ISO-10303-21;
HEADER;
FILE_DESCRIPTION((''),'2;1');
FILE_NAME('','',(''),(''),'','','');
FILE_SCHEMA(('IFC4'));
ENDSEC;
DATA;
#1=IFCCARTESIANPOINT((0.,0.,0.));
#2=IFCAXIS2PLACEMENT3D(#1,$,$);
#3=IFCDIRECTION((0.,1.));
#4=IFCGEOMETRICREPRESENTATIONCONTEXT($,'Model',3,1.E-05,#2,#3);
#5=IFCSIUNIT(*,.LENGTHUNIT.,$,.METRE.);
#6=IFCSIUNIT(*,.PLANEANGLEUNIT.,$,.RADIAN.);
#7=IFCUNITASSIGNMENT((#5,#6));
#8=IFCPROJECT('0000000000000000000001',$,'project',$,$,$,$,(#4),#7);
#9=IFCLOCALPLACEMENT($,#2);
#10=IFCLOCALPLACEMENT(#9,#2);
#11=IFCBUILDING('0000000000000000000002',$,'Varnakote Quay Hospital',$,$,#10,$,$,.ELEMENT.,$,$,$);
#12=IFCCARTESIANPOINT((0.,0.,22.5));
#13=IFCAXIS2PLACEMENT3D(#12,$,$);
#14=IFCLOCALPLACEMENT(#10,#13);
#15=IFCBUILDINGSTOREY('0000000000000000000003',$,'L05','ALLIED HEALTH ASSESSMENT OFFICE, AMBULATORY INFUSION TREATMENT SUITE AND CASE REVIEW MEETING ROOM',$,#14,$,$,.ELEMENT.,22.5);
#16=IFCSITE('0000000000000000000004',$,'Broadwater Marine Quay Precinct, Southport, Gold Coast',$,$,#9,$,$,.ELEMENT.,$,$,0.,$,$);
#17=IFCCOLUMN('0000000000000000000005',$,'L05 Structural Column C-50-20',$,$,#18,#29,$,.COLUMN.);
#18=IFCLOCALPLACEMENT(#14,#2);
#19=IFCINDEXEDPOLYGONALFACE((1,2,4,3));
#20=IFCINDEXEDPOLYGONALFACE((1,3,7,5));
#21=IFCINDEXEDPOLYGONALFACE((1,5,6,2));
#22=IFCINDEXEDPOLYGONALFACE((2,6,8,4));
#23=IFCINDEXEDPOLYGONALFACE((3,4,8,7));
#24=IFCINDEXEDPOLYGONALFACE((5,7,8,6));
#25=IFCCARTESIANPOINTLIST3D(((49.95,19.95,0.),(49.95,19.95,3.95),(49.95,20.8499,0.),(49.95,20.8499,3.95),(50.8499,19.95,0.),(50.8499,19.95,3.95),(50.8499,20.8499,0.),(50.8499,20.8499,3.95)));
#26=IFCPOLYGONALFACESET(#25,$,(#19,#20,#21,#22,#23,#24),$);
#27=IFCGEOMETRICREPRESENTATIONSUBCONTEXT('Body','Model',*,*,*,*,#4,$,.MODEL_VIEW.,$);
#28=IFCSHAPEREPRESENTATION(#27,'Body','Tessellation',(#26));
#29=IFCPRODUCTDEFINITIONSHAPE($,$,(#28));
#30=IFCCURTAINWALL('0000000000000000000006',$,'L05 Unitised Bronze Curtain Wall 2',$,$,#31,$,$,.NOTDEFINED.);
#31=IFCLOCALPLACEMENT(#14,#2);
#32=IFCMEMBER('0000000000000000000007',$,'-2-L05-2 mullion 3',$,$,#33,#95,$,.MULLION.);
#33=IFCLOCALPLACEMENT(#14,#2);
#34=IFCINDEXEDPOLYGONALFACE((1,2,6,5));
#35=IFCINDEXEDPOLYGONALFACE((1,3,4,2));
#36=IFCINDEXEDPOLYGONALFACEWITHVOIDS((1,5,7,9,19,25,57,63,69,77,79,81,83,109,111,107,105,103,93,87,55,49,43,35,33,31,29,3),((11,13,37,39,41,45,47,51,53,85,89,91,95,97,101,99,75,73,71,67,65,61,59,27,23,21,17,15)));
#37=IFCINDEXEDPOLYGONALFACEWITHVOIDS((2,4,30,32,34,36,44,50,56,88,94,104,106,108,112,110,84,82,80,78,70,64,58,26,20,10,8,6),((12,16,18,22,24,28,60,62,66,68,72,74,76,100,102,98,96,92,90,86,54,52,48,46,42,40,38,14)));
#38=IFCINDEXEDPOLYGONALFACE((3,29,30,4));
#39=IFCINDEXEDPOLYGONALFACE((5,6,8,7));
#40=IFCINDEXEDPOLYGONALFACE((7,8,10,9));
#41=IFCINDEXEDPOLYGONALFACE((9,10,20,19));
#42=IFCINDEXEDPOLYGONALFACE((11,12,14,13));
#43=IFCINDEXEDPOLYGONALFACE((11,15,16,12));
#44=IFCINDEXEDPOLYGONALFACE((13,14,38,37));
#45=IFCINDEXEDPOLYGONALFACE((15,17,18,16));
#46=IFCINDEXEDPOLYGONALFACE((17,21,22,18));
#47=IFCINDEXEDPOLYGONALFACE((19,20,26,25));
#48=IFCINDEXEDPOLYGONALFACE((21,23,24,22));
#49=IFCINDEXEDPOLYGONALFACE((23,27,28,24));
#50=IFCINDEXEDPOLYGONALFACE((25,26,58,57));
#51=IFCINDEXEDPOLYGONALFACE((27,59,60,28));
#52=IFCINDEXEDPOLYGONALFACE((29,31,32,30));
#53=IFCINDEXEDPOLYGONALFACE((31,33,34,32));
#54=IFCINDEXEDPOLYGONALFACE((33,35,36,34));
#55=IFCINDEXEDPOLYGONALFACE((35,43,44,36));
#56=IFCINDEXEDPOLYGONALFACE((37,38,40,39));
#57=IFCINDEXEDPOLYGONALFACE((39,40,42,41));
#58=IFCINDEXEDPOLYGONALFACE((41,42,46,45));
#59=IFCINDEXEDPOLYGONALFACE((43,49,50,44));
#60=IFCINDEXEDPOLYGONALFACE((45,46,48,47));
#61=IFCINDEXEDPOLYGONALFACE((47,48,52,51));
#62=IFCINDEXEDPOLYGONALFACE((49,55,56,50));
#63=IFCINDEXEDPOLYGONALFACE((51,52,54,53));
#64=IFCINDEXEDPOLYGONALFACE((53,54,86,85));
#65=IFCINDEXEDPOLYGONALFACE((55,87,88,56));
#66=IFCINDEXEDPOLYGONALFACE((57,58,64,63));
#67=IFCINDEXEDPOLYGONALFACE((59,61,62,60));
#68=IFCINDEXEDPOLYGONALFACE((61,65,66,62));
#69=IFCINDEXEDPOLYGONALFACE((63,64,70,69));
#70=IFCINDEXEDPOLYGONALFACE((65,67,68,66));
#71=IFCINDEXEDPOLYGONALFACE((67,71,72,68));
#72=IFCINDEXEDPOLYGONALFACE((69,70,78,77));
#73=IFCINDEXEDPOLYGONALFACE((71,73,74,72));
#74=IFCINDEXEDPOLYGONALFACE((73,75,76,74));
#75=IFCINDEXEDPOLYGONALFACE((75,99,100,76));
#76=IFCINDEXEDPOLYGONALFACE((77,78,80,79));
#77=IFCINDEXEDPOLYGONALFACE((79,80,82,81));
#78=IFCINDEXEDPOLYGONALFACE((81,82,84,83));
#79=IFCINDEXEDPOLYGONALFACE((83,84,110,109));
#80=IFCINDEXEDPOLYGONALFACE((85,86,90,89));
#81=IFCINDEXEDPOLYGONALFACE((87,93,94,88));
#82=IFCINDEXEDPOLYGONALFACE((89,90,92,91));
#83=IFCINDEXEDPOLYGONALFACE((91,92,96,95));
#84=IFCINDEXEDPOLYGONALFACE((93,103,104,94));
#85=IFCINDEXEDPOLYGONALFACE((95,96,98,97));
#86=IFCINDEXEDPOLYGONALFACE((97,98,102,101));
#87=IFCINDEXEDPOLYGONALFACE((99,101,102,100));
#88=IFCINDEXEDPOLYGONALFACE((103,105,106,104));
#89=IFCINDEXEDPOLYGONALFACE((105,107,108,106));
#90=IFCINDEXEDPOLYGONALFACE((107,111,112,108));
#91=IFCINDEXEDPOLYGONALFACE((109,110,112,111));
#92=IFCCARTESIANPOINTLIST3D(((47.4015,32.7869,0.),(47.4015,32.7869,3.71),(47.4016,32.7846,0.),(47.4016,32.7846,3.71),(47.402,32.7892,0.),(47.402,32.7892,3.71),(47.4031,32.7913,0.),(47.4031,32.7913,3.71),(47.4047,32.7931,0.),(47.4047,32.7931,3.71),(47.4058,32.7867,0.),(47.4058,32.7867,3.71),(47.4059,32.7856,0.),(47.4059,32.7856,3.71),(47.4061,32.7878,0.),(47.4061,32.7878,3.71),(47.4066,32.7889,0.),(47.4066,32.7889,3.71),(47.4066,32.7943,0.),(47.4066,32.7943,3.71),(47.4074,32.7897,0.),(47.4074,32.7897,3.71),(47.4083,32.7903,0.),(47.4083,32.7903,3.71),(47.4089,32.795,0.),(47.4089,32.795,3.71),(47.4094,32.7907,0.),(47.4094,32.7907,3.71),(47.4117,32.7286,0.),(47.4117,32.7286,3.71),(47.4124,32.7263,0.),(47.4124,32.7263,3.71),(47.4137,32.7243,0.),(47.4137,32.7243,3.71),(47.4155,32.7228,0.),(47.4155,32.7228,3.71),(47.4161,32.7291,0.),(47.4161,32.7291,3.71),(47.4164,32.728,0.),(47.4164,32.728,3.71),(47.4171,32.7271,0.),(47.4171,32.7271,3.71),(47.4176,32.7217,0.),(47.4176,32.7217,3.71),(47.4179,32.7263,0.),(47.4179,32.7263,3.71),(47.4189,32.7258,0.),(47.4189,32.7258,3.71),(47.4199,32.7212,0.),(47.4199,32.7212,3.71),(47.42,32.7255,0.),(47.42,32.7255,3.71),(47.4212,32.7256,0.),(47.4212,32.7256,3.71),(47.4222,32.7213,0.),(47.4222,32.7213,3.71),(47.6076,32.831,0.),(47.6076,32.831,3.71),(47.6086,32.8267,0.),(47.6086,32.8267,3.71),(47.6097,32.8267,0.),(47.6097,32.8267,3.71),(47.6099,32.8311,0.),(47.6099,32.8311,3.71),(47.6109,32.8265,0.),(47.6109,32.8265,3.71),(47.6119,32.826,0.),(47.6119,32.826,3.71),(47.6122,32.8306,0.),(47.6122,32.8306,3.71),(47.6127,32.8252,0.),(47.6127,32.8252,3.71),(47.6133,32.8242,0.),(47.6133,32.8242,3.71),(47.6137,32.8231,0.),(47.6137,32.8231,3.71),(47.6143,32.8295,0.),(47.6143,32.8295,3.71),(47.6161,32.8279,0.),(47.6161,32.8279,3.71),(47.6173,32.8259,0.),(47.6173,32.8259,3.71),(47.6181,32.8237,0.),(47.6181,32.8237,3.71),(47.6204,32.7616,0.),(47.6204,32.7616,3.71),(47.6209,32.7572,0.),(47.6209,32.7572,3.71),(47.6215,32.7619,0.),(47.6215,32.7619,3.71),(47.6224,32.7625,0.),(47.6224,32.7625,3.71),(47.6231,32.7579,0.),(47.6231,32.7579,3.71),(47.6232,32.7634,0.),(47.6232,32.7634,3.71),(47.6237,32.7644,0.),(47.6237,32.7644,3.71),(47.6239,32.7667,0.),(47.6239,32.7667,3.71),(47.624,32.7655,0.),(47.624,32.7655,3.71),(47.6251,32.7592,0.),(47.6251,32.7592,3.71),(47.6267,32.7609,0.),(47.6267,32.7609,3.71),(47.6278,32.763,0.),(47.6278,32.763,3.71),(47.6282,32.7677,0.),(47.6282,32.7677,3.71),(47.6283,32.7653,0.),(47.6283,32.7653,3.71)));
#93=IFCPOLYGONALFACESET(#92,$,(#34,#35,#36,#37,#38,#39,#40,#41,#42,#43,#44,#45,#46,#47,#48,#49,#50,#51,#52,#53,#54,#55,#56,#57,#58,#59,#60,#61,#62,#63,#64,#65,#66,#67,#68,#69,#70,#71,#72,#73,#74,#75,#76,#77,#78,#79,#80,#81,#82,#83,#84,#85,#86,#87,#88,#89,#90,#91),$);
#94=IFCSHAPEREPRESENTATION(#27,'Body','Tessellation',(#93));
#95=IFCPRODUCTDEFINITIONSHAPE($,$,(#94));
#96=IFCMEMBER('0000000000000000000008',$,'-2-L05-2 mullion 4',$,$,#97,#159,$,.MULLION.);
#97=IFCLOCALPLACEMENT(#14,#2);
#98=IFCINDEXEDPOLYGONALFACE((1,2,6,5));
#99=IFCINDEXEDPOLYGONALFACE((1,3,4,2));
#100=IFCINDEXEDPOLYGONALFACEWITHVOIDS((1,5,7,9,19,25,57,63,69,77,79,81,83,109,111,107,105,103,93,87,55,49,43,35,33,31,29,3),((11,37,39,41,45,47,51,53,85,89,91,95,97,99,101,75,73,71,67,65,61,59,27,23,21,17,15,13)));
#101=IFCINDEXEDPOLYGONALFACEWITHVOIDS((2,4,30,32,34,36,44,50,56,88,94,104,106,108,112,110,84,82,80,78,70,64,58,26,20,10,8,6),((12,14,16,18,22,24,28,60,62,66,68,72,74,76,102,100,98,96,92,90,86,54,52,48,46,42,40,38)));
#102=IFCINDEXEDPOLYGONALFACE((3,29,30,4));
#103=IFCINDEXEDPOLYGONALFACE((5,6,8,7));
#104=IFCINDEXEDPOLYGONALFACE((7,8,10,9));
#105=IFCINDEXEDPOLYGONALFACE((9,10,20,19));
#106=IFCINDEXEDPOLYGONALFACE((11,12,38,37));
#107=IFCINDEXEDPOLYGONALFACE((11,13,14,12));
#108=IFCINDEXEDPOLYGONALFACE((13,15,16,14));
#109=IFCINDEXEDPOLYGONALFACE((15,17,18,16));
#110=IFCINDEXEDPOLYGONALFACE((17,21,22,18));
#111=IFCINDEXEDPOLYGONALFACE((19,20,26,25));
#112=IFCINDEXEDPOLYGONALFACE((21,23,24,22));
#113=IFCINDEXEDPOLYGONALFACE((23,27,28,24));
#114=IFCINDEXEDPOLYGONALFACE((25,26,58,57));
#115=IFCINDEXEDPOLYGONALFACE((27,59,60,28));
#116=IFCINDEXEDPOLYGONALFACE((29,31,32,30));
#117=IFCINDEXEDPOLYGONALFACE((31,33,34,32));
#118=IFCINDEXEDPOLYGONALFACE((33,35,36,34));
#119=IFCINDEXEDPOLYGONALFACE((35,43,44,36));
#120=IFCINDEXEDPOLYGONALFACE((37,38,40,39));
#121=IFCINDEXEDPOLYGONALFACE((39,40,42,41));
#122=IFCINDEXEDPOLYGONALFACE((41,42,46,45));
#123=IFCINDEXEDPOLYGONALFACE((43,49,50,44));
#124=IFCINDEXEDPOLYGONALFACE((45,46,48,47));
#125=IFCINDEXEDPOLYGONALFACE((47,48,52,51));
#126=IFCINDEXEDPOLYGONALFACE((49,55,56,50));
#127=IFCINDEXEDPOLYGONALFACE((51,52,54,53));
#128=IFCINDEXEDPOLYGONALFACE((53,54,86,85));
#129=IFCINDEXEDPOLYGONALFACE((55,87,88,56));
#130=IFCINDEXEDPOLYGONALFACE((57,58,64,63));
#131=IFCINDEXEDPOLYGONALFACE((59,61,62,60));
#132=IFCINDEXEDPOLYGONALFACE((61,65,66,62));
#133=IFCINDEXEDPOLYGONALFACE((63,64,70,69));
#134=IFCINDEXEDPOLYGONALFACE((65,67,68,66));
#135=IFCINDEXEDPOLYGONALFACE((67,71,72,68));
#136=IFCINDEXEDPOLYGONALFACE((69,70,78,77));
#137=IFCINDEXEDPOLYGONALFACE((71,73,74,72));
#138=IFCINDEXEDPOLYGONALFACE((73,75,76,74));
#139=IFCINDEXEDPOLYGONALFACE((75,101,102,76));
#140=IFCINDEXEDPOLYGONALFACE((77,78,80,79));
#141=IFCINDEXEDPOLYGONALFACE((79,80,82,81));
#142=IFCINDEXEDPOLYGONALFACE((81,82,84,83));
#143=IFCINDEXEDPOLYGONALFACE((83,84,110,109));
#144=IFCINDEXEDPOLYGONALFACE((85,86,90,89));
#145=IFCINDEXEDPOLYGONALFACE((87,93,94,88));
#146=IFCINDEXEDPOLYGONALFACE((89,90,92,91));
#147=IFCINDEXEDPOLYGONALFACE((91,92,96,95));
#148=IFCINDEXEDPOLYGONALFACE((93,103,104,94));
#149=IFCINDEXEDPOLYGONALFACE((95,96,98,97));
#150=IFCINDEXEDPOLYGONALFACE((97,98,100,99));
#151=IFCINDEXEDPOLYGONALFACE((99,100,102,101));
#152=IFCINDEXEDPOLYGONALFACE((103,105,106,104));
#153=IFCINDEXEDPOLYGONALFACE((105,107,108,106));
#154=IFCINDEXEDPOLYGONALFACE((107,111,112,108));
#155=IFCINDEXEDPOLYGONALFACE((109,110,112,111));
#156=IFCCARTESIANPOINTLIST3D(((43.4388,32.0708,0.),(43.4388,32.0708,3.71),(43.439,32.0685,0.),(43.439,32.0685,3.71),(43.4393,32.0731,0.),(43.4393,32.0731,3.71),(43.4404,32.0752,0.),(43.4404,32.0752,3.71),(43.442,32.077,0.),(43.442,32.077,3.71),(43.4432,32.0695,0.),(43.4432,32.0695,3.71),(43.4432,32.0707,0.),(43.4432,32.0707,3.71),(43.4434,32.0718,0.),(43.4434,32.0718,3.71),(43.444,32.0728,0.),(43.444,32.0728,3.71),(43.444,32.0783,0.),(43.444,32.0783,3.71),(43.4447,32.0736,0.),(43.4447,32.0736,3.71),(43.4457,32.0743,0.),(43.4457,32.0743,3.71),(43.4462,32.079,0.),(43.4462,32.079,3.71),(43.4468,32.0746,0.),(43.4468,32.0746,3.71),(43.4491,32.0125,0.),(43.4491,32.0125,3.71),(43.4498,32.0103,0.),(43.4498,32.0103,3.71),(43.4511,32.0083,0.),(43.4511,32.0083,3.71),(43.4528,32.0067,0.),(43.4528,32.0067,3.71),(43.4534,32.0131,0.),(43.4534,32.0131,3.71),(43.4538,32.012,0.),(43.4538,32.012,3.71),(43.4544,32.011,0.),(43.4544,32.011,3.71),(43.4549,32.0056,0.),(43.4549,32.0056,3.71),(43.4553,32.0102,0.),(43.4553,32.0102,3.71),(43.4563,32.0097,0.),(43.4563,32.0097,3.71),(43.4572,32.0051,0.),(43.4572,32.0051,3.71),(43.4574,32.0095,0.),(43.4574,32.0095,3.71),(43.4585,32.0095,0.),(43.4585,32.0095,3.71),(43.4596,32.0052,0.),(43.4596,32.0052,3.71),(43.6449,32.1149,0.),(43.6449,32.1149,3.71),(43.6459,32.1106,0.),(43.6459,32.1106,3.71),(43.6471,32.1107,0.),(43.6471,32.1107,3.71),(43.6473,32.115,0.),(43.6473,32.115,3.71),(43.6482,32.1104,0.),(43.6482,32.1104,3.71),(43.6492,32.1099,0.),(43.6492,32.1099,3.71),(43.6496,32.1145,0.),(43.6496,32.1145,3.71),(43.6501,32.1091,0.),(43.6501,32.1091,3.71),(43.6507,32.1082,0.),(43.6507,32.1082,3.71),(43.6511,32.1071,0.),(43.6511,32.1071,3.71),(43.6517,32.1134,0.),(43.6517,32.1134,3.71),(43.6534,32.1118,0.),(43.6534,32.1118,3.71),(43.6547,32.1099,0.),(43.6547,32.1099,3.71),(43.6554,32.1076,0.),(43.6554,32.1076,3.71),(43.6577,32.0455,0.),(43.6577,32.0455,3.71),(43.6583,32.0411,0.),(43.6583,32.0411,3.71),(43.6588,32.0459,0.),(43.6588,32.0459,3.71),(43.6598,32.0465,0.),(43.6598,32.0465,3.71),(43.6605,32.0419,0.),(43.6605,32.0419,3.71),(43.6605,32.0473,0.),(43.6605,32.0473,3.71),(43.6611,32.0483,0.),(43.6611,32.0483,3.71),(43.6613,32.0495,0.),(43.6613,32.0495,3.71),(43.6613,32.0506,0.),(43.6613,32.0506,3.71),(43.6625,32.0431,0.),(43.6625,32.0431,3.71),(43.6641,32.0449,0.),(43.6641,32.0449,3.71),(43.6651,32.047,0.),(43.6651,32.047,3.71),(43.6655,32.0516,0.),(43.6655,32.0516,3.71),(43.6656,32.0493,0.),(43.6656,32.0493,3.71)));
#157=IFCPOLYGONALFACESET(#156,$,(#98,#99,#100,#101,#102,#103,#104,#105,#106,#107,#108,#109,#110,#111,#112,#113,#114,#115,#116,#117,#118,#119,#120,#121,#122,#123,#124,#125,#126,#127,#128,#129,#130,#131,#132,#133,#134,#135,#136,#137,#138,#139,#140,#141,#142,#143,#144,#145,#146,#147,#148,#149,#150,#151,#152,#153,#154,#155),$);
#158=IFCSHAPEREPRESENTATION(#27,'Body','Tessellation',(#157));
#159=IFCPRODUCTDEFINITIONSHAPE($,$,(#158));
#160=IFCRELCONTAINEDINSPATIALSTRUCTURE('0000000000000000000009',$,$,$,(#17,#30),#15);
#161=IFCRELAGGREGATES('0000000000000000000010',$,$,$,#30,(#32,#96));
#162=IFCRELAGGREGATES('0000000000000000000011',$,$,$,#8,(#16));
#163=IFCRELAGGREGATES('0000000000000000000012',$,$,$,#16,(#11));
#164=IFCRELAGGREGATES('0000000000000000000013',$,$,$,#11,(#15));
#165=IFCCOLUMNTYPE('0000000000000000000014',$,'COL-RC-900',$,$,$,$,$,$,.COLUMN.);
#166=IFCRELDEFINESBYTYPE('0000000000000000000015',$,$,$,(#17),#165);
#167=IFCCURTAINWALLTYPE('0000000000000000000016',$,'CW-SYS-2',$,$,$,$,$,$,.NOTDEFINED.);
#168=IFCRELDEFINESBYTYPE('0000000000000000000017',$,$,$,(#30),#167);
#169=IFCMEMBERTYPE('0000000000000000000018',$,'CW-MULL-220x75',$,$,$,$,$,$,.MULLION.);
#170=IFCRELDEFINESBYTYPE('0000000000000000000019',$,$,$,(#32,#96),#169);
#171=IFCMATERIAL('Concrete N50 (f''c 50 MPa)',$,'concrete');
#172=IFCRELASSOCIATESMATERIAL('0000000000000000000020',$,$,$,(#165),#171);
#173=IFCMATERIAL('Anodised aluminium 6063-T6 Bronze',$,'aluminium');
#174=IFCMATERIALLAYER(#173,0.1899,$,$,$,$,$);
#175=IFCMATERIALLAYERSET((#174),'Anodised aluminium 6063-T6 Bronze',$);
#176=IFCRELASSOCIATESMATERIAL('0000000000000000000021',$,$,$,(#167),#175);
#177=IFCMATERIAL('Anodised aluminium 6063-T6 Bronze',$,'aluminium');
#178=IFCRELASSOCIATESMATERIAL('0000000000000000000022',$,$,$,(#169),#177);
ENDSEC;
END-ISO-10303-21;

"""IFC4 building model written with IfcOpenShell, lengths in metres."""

from ifc_helpers import new_model, si_unit, direction, frame, origin, origin_2d, place, context, subcontext, project, spatial, rectangle, hollow_rectangle, extrude, material, layer, layer_set, material_profile, profile_set, type_object, element, aggregate, save


model = new_model("IFC4")

# Units and contexts
model_context = context("Model", 3, precision=1e-05, world=origin(), true_north=direction((0.0, 1.0)))
body_context = subcontext(model_context, "Body", "Model", "MODEL_VIEW")
ifc_project = project(units=[si_unit("LENGTHUNIT", "METRE"), si_unit("PLANEANGLEUNIT", "RADIAN")], contexts=[model_context])

# Site, building, storey
site_placement = place(None, origin())
site = spatial("IfcSite", under=ifc_project, at=site_placement, Name="Broadwater Marine Quay Precinct, Southport, Gold Coast", CompositionType="ELEMENT", RefElevation=0.0)
building_placement = place(site_placement, origin())
building = spatial("IfcBuilding", under=site, at=building_placement, Name="Varnakote Quay Hospital", CompositionType="ELEMENT")
storey_placement = place(building_placement, frame((0.0, 0.0, 22.5)))
storey = spatial("IfcBuildingStorey", under=building, at=storey_placement, Name="L05", Description="ALLIED HEALTH ASSESSMENT OFFICE, AMBULATORY INFUSION TREATMENT SUITE AND CASE REVIEW MEETING ROOM", CompositionType="ELEMENT", Elevation=22.5)

# Column
ifc_material_1 = material(Name="Concrete N50 (f'c 50 MPa)", Category="concrete")
ifc_material_profile_1 = material_profile(ifc_material_1, rectangle(XDim=0.8999, YDim=0.8999, at=origin_2d()), Name="RC-COL-900x900")
ifc_profile_set_1 = profile_set([ifc_material_profile_1], Name="Concrete N50 (f'c 50 MPa)")
column_type = type_object("IfcColumnType", Name="COL-RC-900", PredefinedType="COLUMN", material=ifc_profile_set_1)
column_placement = place(storey_placement, frame((50.3999, 20.3999, 0.0), z_axis=(0.0, 0.0, 1.0), x_axis=(1.0, 0.0, 0.0)))
element("IfcColumn", 1, at=column_placement, inside=storey, type_object=column_type, Name="L05 Structural Column C-50-20", PredefinedType="COLUMN", context=body_context, shape_type="SweptSolid", body=[
    extrude(rectangle(XDim=0.8999, YDim=0.8999, at=origin_2d()), origin(), (0.0, 0.0, 1.0), 3.95),
])

# Curtain wall, members
ifc_material_2 = material(Name="Anodised aluminium 6063-T6 Bronze", Category="aluminium")
ifc_layer_1 = layer(ifc_material_2, 0.1899)
ifc_layer_set_1 = layer_set([ifc_layer_1], Name="Anodised aluminium 6063-T6 Bronze")
curtain_wall_type = type_object("IfcCurtainWallType", Name="CW-SYS-2", PredefinedType="NOTDEFINED", material=ifc_layer_set_1)
curtain_wall_placement = place(storey_placement, origin())
curtain_wall = element("IfcCurtainWall", 2, at=curtain_wall_placement, inside=storey, type_object=curtain_wall_type, Name="L05 Unitised Bronze Curtain Wall 2", PredefinedType="NOTDEFINED")
ifc_material_3 = material(Name="Anodised aluminium 6063-T6 Bronze", Category="aluminium")
ifc_material_profile_2 = material_profile(ifc_material_3, hollow_rectangle(XDim=0.075, YDim=0.22, WallThickness=0.0044, InnerFilletRadius=0.0044, OuterFilletRadius=0.009, at=origin_2d()), Name="CW-MULL-220x75")
ifc_profile_set_2 = profile_set([ifc_material_profile_2], Name="Anodised aluminium 6063-T6 Bronze")
member_type_1 = type_object("IfcMemberType", Name="CW-MULL-220x75", PredefinedType="MULLION", material=ifc_profile_set_2)
member_1_placement = place(storey_placement, frame((47.5149, 32.7761, 0.0), z_axis=(0.0, 0.0, 1.0), x_axis=(0.177846, -0.984058, 0.0)))
member_1 = element("IfcMember", 3, at=member_1_placement, type_object=member_type_1, Name="-2-L05-2 mullion 3", PredefinedType="MULLION", context=body_context, shape_type="SweptSolid", body=[
    extrude(hollow_rectangle(XDim=0.075, YDim=0.22, WallThickness=0.0044, InnerFilletRadius=0.0044, OuterFilletRadius=0.009, at=origin_2d()), origin(), (0.0, 0.0, 1.0), 3.71),
])
member_2_placement = place(storey_placement, frame((43.5522, 32.0601, 0.0), z_axis=(0.0, 0.0, 1.0), x_axis=(0.177846, -0.984058, 0.0)))
member_2 = element("IfcMember", 4, at=member_2_placement, type_object=member_type_1, Name="-2-L05-2 mullion 4", PredefinedType="MULLION", context=body_context, shape_type="SweptSolid", body=[
    extrude(hollow_rectangle(XDim=0.075, YDim=0.22, WallThickness=0.0044, InnerFilletRadius=0.0044, OuterFilletRadius=0.009, at=origin_2d()), origin(), (0.0, 0.0, 1.0), 3.71),
])
aggregate(curtain_wall, [member_1, member_2])

save(model, "model.ifc")
